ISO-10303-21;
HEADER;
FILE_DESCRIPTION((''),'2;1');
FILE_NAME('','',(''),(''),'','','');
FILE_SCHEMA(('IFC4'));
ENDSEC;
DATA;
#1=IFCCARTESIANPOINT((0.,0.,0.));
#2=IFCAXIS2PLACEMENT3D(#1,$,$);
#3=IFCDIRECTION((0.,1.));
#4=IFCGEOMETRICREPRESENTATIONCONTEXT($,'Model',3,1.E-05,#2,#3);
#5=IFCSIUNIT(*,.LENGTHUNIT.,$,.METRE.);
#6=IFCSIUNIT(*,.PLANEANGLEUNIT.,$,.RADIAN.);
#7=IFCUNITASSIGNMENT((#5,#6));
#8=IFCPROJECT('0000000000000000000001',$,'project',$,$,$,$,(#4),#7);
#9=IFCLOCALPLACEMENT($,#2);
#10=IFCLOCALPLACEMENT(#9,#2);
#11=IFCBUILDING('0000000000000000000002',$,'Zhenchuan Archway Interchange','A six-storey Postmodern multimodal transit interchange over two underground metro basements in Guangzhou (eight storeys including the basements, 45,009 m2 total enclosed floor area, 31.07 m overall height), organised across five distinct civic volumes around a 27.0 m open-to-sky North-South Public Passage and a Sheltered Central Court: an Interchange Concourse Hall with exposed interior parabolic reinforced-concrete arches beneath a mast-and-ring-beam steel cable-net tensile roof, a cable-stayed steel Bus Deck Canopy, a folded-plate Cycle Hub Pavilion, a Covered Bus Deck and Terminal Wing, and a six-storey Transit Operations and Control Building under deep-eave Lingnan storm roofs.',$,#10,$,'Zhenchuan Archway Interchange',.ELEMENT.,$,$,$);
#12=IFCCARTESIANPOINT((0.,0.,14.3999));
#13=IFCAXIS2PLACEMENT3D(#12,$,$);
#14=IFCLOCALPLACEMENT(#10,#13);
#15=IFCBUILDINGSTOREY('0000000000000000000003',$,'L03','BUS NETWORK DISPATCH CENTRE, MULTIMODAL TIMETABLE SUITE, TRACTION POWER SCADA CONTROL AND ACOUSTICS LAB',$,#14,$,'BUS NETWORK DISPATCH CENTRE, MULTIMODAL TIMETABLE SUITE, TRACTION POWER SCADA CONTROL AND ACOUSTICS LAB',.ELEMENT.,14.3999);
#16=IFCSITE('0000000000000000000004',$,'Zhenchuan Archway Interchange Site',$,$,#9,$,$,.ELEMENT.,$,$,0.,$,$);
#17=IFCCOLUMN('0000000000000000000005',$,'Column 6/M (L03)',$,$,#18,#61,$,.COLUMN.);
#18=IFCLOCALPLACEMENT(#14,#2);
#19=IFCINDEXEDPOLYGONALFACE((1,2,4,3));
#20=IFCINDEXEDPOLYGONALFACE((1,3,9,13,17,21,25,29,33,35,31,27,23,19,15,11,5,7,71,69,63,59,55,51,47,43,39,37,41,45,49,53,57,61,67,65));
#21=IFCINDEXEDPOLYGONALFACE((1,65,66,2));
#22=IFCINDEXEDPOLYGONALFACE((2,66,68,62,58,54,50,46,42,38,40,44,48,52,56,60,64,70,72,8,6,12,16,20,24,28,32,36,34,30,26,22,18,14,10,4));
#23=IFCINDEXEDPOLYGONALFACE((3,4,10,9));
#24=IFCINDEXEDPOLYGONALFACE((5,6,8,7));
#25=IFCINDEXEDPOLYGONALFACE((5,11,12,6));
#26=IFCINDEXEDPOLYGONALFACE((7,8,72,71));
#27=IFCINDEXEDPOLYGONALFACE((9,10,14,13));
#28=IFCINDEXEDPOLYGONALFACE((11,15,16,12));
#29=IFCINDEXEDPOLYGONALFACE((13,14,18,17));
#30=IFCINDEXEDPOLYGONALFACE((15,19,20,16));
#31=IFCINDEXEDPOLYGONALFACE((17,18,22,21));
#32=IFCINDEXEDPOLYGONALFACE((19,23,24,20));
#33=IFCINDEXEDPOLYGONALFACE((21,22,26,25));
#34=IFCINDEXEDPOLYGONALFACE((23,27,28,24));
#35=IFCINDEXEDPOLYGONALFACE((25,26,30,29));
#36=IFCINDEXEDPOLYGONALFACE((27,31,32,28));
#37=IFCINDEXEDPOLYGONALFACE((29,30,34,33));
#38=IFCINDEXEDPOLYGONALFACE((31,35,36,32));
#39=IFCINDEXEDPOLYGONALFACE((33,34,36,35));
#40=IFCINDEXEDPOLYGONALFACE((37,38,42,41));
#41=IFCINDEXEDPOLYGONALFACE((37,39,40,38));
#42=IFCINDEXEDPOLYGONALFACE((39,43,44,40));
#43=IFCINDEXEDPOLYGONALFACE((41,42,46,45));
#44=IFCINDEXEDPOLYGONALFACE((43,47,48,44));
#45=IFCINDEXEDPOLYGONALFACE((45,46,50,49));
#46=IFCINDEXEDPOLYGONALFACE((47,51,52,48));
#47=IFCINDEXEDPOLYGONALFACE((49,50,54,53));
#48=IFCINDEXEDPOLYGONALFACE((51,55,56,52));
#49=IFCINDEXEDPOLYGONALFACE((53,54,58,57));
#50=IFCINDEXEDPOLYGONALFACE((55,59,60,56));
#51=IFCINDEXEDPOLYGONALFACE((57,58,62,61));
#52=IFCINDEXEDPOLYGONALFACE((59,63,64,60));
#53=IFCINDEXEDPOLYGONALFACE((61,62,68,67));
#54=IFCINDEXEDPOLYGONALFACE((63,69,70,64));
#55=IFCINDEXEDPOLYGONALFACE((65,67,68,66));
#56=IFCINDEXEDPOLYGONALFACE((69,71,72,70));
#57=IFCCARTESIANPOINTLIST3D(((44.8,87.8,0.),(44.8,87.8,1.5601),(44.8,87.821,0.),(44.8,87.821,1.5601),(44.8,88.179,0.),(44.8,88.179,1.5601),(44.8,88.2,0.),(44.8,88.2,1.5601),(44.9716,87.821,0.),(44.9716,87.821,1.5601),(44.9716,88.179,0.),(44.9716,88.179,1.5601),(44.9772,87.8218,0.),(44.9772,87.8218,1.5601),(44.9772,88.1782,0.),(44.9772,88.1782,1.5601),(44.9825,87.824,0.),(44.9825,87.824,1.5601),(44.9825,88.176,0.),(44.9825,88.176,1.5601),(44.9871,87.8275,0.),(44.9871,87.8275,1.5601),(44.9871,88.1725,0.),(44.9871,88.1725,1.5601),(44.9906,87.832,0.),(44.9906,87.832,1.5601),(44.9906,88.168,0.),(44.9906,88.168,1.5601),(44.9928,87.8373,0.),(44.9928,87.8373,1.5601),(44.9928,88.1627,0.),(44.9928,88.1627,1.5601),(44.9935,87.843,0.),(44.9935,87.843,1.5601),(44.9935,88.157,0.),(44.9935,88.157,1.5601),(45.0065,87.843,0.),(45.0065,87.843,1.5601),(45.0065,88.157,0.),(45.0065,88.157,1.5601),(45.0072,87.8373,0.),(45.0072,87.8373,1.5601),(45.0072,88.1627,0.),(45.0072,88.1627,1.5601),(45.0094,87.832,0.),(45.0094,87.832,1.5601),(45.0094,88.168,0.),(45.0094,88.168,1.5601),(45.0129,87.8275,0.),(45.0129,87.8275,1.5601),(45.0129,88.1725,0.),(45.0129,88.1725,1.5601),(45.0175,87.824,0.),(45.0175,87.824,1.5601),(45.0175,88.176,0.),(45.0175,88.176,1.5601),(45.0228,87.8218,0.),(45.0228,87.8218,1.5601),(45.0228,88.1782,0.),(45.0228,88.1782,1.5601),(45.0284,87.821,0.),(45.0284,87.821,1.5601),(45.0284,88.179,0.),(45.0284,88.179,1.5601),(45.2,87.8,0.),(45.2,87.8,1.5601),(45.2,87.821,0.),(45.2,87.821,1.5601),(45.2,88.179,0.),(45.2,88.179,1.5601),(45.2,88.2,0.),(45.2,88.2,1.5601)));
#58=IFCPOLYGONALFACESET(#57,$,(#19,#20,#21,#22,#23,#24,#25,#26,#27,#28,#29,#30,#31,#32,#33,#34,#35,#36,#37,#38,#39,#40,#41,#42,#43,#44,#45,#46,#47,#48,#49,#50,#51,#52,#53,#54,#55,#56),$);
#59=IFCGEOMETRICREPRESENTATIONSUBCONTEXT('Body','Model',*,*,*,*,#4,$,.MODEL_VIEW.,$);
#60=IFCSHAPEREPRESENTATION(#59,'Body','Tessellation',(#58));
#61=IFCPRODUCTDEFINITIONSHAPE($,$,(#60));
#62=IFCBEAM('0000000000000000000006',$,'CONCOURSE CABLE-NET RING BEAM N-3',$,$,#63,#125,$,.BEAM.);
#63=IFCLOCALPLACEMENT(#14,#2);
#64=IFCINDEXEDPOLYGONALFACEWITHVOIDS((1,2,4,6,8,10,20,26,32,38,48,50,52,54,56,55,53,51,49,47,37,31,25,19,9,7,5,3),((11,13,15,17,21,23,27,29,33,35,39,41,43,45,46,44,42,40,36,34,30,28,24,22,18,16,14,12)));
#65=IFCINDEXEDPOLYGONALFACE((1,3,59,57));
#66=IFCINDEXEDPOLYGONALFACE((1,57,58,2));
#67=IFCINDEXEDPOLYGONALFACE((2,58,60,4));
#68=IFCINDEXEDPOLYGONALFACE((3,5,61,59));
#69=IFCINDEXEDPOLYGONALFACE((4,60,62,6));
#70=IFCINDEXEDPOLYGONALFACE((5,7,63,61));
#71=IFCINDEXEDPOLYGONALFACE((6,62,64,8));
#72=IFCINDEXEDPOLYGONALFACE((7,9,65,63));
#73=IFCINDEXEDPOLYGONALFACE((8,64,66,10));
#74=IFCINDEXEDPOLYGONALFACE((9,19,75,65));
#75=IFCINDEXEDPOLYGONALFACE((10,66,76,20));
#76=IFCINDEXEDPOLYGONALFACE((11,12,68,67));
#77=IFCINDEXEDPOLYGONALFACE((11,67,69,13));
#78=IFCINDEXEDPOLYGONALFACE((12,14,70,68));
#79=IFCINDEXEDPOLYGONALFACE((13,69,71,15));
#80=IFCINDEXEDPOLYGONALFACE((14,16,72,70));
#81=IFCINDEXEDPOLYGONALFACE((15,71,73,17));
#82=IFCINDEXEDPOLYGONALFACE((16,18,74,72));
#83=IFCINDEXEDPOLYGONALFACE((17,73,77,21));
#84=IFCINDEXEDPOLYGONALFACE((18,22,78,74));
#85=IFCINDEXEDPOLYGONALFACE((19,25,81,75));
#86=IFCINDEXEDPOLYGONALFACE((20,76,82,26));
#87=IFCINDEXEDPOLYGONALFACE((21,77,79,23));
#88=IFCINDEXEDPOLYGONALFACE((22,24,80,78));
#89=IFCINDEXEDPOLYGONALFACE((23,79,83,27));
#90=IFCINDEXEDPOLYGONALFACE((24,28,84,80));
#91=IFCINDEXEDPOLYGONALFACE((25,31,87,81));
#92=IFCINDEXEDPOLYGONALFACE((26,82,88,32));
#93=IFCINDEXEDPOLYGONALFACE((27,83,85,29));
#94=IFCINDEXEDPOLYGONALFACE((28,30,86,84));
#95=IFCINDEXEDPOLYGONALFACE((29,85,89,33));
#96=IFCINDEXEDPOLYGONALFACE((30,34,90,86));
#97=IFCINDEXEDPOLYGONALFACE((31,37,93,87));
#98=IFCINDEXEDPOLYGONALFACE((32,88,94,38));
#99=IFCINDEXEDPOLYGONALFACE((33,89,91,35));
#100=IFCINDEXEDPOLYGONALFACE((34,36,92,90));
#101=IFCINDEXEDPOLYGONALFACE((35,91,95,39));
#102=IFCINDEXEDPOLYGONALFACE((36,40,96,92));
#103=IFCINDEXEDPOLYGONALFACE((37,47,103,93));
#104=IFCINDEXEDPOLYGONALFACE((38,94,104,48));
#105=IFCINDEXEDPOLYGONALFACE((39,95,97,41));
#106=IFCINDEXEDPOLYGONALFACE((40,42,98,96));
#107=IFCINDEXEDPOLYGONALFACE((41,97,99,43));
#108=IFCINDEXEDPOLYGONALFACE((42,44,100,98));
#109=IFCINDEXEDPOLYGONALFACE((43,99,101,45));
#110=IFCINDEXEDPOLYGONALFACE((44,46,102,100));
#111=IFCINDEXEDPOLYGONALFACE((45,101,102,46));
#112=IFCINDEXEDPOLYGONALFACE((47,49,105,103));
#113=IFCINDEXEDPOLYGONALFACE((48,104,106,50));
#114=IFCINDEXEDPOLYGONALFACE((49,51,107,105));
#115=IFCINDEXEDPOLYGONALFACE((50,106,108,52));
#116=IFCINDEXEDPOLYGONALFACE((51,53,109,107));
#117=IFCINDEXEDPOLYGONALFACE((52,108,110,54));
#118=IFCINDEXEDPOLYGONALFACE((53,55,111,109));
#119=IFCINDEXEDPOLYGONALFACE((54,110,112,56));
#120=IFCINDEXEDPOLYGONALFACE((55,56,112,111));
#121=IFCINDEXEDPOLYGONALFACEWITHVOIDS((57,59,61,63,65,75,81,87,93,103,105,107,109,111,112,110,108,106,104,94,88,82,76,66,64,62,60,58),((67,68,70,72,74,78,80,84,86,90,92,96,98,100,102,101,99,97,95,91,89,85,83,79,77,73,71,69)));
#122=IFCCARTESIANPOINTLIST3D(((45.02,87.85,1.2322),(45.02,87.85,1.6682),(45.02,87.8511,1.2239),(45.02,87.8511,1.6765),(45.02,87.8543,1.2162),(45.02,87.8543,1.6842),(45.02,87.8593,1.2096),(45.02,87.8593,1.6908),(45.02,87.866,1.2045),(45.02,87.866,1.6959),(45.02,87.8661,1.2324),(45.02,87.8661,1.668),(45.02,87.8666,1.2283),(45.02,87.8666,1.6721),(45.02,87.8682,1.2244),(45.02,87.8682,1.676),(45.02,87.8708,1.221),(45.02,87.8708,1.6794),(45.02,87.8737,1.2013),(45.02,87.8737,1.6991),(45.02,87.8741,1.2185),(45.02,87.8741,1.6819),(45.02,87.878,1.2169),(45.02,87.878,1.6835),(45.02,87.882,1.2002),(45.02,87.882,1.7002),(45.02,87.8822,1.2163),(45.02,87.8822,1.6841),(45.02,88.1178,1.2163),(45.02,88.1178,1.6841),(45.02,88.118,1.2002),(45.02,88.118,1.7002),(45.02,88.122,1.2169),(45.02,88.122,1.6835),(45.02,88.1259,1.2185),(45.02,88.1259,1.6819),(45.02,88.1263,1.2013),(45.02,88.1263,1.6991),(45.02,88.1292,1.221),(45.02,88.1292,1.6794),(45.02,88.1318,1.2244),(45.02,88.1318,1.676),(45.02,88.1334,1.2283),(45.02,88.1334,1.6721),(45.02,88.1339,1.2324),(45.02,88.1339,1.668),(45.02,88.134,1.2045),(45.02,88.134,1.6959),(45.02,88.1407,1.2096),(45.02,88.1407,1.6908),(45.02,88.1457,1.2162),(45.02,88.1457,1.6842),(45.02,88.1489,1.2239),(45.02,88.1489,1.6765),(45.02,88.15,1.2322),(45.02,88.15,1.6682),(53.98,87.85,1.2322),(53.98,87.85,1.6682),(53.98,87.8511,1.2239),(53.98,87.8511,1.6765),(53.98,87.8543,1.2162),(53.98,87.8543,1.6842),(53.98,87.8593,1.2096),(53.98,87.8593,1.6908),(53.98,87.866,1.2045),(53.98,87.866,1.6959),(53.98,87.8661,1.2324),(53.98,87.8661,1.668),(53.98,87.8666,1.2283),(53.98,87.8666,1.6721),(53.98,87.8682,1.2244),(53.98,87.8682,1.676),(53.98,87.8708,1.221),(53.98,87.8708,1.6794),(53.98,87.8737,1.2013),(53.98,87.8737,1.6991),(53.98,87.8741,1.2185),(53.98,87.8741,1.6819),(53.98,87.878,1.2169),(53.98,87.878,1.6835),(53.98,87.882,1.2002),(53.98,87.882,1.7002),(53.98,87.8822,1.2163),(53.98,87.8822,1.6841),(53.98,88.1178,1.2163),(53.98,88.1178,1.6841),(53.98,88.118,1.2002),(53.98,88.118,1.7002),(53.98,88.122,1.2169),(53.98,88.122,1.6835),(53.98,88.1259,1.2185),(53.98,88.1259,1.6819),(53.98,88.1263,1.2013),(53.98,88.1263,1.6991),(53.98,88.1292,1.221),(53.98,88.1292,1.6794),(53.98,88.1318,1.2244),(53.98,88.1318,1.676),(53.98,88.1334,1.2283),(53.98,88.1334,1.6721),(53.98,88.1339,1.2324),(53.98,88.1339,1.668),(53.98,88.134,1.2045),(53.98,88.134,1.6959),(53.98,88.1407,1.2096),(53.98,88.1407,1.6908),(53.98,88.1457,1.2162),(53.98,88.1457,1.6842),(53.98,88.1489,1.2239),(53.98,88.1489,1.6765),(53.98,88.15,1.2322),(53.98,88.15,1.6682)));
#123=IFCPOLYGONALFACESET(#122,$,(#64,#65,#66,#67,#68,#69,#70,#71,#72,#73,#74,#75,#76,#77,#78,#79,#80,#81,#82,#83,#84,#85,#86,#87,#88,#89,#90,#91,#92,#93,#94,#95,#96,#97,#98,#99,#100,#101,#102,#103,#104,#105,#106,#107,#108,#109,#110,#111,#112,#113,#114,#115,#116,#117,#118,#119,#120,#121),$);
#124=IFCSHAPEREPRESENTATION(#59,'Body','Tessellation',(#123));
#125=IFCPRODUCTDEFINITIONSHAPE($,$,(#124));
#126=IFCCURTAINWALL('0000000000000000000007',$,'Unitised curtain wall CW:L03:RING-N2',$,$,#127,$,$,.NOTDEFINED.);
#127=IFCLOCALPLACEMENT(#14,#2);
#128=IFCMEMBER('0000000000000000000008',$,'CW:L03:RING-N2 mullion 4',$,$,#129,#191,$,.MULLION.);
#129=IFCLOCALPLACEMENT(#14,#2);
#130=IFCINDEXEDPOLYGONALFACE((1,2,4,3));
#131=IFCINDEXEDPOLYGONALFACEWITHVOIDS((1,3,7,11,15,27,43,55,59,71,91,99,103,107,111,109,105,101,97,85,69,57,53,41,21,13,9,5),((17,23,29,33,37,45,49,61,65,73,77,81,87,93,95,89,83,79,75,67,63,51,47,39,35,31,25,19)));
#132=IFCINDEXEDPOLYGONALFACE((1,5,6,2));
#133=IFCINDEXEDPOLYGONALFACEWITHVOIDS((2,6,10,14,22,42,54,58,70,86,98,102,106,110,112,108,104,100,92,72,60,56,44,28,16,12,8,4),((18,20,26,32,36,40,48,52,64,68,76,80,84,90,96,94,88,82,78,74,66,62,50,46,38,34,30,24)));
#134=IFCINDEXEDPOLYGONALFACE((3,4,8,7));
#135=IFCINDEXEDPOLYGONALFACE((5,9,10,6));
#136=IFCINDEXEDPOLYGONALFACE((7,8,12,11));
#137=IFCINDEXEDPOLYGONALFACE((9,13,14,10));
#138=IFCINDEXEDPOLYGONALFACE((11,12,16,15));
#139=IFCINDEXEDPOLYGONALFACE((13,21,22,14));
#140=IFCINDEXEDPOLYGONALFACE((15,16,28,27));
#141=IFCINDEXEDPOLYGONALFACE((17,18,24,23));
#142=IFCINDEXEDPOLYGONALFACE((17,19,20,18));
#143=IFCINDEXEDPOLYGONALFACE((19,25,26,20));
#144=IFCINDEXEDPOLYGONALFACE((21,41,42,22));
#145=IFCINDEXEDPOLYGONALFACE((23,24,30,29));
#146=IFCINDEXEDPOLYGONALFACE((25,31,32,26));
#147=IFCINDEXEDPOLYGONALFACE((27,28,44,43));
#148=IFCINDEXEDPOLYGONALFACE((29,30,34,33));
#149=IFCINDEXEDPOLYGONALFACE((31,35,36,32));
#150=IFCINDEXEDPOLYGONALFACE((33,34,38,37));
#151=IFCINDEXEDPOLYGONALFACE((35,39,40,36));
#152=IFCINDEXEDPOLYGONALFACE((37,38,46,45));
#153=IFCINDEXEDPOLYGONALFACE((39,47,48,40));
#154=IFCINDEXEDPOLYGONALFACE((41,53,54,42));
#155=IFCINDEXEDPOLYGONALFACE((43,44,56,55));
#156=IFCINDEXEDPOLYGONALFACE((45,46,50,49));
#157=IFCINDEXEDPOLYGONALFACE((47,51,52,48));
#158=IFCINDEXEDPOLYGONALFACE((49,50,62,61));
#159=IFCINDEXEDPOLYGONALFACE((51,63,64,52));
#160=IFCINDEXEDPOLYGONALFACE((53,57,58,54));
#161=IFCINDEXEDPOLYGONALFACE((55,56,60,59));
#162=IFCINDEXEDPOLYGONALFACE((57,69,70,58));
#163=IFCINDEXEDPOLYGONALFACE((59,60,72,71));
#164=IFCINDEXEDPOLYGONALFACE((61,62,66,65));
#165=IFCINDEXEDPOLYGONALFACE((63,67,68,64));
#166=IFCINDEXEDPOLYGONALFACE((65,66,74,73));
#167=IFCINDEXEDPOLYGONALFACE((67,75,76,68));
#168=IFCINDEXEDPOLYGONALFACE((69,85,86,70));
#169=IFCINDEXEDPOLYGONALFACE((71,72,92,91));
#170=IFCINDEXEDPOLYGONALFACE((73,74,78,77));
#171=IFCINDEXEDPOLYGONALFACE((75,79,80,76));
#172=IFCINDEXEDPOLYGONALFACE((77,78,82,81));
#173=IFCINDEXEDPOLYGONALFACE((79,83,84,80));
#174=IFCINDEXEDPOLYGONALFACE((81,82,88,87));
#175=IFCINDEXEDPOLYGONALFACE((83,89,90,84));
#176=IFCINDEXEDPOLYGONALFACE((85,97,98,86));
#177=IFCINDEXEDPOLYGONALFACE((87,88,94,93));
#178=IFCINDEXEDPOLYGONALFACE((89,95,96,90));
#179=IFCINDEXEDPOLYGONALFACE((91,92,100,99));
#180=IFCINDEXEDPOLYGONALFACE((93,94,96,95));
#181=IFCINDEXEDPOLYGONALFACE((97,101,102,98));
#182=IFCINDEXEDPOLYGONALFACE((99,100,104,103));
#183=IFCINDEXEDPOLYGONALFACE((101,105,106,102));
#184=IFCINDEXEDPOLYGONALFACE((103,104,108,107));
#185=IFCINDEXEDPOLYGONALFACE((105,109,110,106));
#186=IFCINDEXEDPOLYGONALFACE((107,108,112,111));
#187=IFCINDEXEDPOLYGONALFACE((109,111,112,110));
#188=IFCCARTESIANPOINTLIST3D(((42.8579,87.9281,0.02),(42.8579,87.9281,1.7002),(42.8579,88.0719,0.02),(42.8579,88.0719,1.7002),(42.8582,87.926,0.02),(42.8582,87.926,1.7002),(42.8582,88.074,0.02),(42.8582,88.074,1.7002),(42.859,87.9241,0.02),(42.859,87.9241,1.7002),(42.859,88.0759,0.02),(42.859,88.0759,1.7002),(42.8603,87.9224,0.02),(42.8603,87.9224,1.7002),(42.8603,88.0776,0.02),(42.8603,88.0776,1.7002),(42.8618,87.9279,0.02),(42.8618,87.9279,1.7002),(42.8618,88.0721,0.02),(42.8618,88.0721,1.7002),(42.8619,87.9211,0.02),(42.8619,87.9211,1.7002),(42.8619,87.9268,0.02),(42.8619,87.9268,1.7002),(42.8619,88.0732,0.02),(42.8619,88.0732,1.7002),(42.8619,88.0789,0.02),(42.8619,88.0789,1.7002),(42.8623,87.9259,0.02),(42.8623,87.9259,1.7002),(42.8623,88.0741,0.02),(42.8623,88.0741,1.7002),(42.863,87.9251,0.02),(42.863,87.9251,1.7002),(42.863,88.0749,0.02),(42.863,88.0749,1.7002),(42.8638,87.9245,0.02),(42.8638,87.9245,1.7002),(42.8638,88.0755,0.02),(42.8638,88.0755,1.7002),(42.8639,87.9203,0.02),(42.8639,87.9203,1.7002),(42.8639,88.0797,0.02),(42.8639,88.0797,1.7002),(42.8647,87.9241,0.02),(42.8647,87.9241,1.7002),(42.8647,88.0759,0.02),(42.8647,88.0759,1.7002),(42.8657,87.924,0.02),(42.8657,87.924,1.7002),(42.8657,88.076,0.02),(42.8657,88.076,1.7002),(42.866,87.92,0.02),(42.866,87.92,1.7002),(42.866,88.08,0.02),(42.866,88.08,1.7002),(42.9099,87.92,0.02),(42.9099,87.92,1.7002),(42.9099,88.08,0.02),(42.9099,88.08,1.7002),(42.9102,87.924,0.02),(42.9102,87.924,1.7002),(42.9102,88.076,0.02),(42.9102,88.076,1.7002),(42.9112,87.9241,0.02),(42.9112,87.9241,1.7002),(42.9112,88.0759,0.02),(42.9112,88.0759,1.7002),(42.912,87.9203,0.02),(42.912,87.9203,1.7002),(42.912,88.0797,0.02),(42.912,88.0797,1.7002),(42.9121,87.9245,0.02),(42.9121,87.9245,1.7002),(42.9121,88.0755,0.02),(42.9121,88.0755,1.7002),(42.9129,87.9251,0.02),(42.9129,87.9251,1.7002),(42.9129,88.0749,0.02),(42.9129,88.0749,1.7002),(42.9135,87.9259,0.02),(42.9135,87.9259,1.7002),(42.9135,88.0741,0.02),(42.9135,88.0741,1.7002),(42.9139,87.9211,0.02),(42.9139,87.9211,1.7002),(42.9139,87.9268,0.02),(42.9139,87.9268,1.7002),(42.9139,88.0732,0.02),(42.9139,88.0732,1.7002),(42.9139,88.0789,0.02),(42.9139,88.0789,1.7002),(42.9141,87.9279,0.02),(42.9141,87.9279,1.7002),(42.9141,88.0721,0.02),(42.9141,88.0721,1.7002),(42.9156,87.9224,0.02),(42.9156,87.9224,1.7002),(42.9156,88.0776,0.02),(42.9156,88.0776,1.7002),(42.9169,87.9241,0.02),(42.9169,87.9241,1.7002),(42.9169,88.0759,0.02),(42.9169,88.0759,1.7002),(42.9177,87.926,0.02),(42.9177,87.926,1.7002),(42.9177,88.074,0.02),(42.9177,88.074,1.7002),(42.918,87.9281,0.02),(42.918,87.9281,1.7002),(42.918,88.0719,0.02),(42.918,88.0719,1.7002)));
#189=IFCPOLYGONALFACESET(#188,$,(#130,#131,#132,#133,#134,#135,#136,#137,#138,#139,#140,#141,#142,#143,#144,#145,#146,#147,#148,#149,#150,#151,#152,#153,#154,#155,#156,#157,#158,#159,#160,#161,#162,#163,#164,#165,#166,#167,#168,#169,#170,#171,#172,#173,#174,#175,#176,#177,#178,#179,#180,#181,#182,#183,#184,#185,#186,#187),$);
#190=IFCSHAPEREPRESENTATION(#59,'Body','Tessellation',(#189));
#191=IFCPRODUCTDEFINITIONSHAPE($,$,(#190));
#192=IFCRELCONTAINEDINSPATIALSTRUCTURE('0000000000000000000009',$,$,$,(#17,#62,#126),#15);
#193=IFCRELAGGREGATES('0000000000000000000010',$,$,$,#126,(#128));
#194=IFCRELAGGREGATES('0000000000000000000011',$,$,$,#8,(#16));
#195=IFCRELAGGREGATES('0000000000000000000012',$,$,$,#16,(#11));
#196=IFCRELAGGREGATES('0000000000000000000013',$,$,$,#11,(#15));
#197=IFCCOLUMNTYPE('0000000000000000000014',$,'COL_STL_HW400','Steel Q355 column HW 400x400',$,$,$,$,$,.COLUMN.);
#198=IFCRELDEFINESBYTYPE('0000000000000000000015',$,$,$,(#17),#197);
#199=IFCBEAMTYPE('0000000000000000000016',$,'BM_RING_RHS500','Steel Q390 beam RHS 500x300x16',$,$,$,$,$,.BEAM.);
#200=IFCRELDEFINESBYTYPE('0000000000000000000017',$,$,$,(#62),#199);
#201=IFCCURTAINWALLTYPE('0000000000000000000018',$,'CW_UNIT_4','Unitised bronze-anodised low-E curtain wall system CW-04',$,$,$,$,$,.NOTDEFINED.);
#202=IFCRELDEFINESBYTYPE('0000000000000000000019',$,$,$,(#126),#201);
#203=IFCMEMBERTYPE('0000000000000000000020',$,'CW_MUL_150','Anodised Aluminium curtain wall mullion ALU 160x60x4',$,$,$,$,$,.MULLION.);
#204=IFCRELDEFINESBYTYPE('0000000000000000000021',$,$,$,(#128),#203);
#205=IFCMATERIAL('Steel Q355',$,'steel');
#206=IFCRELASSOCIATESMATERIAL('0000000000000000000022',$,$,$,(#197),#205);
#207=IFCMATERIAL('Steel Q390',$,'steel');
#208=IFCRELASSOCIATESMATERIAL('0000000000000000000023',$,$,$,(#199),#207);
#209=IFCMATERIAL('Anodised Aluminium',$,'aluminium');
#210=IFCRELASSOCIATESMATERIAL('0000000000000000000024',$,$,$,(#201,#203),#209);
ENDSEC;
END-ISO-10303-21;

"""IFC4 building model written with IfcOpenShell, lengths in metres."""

from ifc_helpers import new_model, si_unit, direction, frame, origin, origin_2d, place, context, subcontext, project, spatial, hollow_rectangle, i_section, extrude, material, material_profile, profile_set, type_object, element, aggregate, save


model = new_model("IFC4")

# Units and contexts
model_context = context("Model", 3, precision=1e-05, world=origin(), true_north=direction((0.0, 1.0)))
body_context = subcontext(model_context, "Body", "Model", "MODEL_VIEW")
ifc_project = project(units=[si_unit("LENGTHUNIT", "METRE"), si_unit("PLANEANGLEUNIT", "RADIAN")], contexts=[model_context])

# Site, building, storey
site_placement = place(None, origin())
site = spatial("IfcSite", under=ifc_project, at=site_placement, Name="Zhenchuan Archway Interchange Site", CompositionType="ELEMENT", RefElevation=0.0)
building_placement = place(site_placement, origin())
building = spatial("IfcBuilding", under=site, at=building_placement, Name="Zhenchuan Archway Interchange", Description="A six-storey Postmodern multimodal transit interchange over two underground metro basements in Guangzhou (eight storeys including the basements, 45,009 m2 total enclosed floor area, 31.07 m overall height), organised across five distinct civic volumes around a 27.0 m open-to-sky North-South Public Passage and a Sheltered Central Court: an Interchange Concourse Hall with exposed interior parabolic reinforced-concrete arches beneath a mast-and-ring-beam steel cable-net tensile roof, a cable-stayed steel Bus Deck Canopy, a folded-plate Cycle Hub Pavilion, a Covered Bus Deck and Terminal Wing, and a six-storey Transit Operations and Control Building under deep-eave Lingnan storm roofs.", LongName="Zhenchuan Archway Interchange", CompositionType="ELEMENT")
storey_placement = place(building_placement, frame((0.0, 0.0, 14.3999)))
storey = spatial("IfcBuildingStorey", under=building, at=storey_placement, Name="L03", Description="BUS NETWORK DISPATCH CENTRE, MULTIMODAL TIMETABLE SUITE, TRACTION POWER SCADA CONTROL AND ACOUSTICS LAB", LongName="BUS NETWORK DISPATCH CENTRE, MULTIMODAL TIMETABLE SUITE, TRACTION POWER SCADA CONTROL AND ACOUSTICS LAB", CompositionType="ELEMENT", Elevation=14.3999)

# Column
ifc_material_1 = material(Name="Steel Q355", Category="steel")
ifc_material_profile_1 = material_profile(ifc_material_1, i_section(OverallWidth=0.3999, OverallDepth=0.3999, WebThickness=0.0129, FlangeThickness=0.021, FilletRadius=0.022, at=origin_2d()), Name="HW 400x400")
ifc_profile_set_1 = profile_set([ifc_material_profile_1], Name="Steel Q355")
column_type = type_object("IfcColumnType", Name="COL_STL_HW400", Description="Steel Q355 column HW 400x400", PredefinedType="COLUMN", material=ifc_profile_set_1)
column_placement = place(storey_placement, frame((45.0, 88.0, 0.0), z_axis=(0.0, 0.0, 1.0), x_axis=(1.0, 0.0, 0.0)))
element("IfcColumn", 1, at=column_placement, inside=storey, type_object=column_type, Name="Column 6/M (L03)", PredefinedType="COLUMN", context=body_context, shape_type="SweptSolid", body=[
    extrude(i_section(OverallWidth=0.3999, OverallDepth=0.3999, WebThickness=0.0129, FlangeThickness=0.021, FilletRadius=0.022, at=origin_2d()), origin(), (0.0, 0.0, 1.0), 1.5601),
])

# Beam
ifc_material_2 = material(Name="Steel Q390", Category="steel")
ifc_material_profile_2 = material_profile(ifc_material_2, hollow_rectangle(XDim=0.3, YDim=0.5, WallThickness=0.0161, InnerFilletRadius=0.0161, OuterFilletRadius=0.032, at=origin_2d()), Name="RHS 500x300x16")
ifc_profile_set_2 = profile_set([ifc_material_profile_2], Name="Steel Q390")
beam_type = type_object("IfcBeamType", Name="BM_RING_RHS500", Description="Steel Q390 beam RHS 500x300x16", PredefinedType="BEAM", material=ifc_profile_set_2)
beam_placement = place(storey_placement, frame((45.02, 88.0, 1.4502), z_axis=(1.0, 0.0, 0.0), x_axis=(0.0, 1.0, 0.0)))
element("IfcBeam", 2, at=beam_placement, inside=storey, type_object=beam_type, Name="CONCOURSE CABLE-NET RING BEAM N-3", PredefinedType="BEAM", context=body_context, shape_type="SweptSolid", body=[
    extrude(hollow_rectangle(XDim=0.3, YDim=0.5, WallThickness=0.0161, InnerFilletRadius=0.0161, OuterFilletRadius=0.032, at=origin_2d()), origin(), (0.0, 0.0, 1.0), 8.96),
])

# Curtain wall, member
ifc_material_3 = material(Name="Anodised Aluminium", Category="aluminium")
curtain_wall_type = type_object("IfcCurtainWallType", Name="CW_UNIT_4", Description="Unitised bronze-anodised low-E curtain wall system CW-04", PredefinedType="NOTDEFINED", material=ifc_material_3)
curtain_wall_1_placement = place(storey_placement, origin())
curtain_wall_1 = element("IfcCurtainWall", 3, at=curtain_wall_1_placement, inside=storey, type_object=curtain_wall_type, Name="Unitised curtain wall CW:L03:RING-N2", PredefinedType="NOTDEFINED")
ifc_material_profile_3 = material_profile(ifc_material_3, hollow_rectangle(XDim=0.0601, YDim=0.1599, WallThickness=0.0039, InnerFilletRadius=0.0039, OuterFilletRadius=0.0081, at=origin_2d()), Name="ALU 160x60x4")
ifc_profile_set_3 = profile_set([ifc_material_profile_3], Name="Anodised Aluminium")
member_type_1 = type_object("IfcMemberType", Name="CW_MUL_150", Description="Anodised Aluminium curtain wall mullion ALU 160x60x4", PredefinedType="MULLION", material=ifc_profile_set_3)
member_1_placement = place(storey_placement, frame((42.8879, 88.0, 0.02), z_axis=(0.0, 0.0, 1.0), x_axis=(1.0, 0.0, 0.0)))
member_1 = element("IfcMember", 4, at=member_1_placement, type_object=member_type_1, Name="CW:L03:RING-N2 mullion 4", PredefinedType="MULLION", context=body_context, shape_type="SweptSolid", body=[
    extrude(hollow_rectangle(XDim=0.0601, YDim=0.1599, WallThickness=0.0039, InnerFilletRadius=0.0039, OuterFilletRadius=0.0081, at=origin_2d()), origin(), (0.0, 0.0, 1.0), 1.6802),
])

aggregate(curtain_wall_1, [member_1])

save(model, "model.ifc")
